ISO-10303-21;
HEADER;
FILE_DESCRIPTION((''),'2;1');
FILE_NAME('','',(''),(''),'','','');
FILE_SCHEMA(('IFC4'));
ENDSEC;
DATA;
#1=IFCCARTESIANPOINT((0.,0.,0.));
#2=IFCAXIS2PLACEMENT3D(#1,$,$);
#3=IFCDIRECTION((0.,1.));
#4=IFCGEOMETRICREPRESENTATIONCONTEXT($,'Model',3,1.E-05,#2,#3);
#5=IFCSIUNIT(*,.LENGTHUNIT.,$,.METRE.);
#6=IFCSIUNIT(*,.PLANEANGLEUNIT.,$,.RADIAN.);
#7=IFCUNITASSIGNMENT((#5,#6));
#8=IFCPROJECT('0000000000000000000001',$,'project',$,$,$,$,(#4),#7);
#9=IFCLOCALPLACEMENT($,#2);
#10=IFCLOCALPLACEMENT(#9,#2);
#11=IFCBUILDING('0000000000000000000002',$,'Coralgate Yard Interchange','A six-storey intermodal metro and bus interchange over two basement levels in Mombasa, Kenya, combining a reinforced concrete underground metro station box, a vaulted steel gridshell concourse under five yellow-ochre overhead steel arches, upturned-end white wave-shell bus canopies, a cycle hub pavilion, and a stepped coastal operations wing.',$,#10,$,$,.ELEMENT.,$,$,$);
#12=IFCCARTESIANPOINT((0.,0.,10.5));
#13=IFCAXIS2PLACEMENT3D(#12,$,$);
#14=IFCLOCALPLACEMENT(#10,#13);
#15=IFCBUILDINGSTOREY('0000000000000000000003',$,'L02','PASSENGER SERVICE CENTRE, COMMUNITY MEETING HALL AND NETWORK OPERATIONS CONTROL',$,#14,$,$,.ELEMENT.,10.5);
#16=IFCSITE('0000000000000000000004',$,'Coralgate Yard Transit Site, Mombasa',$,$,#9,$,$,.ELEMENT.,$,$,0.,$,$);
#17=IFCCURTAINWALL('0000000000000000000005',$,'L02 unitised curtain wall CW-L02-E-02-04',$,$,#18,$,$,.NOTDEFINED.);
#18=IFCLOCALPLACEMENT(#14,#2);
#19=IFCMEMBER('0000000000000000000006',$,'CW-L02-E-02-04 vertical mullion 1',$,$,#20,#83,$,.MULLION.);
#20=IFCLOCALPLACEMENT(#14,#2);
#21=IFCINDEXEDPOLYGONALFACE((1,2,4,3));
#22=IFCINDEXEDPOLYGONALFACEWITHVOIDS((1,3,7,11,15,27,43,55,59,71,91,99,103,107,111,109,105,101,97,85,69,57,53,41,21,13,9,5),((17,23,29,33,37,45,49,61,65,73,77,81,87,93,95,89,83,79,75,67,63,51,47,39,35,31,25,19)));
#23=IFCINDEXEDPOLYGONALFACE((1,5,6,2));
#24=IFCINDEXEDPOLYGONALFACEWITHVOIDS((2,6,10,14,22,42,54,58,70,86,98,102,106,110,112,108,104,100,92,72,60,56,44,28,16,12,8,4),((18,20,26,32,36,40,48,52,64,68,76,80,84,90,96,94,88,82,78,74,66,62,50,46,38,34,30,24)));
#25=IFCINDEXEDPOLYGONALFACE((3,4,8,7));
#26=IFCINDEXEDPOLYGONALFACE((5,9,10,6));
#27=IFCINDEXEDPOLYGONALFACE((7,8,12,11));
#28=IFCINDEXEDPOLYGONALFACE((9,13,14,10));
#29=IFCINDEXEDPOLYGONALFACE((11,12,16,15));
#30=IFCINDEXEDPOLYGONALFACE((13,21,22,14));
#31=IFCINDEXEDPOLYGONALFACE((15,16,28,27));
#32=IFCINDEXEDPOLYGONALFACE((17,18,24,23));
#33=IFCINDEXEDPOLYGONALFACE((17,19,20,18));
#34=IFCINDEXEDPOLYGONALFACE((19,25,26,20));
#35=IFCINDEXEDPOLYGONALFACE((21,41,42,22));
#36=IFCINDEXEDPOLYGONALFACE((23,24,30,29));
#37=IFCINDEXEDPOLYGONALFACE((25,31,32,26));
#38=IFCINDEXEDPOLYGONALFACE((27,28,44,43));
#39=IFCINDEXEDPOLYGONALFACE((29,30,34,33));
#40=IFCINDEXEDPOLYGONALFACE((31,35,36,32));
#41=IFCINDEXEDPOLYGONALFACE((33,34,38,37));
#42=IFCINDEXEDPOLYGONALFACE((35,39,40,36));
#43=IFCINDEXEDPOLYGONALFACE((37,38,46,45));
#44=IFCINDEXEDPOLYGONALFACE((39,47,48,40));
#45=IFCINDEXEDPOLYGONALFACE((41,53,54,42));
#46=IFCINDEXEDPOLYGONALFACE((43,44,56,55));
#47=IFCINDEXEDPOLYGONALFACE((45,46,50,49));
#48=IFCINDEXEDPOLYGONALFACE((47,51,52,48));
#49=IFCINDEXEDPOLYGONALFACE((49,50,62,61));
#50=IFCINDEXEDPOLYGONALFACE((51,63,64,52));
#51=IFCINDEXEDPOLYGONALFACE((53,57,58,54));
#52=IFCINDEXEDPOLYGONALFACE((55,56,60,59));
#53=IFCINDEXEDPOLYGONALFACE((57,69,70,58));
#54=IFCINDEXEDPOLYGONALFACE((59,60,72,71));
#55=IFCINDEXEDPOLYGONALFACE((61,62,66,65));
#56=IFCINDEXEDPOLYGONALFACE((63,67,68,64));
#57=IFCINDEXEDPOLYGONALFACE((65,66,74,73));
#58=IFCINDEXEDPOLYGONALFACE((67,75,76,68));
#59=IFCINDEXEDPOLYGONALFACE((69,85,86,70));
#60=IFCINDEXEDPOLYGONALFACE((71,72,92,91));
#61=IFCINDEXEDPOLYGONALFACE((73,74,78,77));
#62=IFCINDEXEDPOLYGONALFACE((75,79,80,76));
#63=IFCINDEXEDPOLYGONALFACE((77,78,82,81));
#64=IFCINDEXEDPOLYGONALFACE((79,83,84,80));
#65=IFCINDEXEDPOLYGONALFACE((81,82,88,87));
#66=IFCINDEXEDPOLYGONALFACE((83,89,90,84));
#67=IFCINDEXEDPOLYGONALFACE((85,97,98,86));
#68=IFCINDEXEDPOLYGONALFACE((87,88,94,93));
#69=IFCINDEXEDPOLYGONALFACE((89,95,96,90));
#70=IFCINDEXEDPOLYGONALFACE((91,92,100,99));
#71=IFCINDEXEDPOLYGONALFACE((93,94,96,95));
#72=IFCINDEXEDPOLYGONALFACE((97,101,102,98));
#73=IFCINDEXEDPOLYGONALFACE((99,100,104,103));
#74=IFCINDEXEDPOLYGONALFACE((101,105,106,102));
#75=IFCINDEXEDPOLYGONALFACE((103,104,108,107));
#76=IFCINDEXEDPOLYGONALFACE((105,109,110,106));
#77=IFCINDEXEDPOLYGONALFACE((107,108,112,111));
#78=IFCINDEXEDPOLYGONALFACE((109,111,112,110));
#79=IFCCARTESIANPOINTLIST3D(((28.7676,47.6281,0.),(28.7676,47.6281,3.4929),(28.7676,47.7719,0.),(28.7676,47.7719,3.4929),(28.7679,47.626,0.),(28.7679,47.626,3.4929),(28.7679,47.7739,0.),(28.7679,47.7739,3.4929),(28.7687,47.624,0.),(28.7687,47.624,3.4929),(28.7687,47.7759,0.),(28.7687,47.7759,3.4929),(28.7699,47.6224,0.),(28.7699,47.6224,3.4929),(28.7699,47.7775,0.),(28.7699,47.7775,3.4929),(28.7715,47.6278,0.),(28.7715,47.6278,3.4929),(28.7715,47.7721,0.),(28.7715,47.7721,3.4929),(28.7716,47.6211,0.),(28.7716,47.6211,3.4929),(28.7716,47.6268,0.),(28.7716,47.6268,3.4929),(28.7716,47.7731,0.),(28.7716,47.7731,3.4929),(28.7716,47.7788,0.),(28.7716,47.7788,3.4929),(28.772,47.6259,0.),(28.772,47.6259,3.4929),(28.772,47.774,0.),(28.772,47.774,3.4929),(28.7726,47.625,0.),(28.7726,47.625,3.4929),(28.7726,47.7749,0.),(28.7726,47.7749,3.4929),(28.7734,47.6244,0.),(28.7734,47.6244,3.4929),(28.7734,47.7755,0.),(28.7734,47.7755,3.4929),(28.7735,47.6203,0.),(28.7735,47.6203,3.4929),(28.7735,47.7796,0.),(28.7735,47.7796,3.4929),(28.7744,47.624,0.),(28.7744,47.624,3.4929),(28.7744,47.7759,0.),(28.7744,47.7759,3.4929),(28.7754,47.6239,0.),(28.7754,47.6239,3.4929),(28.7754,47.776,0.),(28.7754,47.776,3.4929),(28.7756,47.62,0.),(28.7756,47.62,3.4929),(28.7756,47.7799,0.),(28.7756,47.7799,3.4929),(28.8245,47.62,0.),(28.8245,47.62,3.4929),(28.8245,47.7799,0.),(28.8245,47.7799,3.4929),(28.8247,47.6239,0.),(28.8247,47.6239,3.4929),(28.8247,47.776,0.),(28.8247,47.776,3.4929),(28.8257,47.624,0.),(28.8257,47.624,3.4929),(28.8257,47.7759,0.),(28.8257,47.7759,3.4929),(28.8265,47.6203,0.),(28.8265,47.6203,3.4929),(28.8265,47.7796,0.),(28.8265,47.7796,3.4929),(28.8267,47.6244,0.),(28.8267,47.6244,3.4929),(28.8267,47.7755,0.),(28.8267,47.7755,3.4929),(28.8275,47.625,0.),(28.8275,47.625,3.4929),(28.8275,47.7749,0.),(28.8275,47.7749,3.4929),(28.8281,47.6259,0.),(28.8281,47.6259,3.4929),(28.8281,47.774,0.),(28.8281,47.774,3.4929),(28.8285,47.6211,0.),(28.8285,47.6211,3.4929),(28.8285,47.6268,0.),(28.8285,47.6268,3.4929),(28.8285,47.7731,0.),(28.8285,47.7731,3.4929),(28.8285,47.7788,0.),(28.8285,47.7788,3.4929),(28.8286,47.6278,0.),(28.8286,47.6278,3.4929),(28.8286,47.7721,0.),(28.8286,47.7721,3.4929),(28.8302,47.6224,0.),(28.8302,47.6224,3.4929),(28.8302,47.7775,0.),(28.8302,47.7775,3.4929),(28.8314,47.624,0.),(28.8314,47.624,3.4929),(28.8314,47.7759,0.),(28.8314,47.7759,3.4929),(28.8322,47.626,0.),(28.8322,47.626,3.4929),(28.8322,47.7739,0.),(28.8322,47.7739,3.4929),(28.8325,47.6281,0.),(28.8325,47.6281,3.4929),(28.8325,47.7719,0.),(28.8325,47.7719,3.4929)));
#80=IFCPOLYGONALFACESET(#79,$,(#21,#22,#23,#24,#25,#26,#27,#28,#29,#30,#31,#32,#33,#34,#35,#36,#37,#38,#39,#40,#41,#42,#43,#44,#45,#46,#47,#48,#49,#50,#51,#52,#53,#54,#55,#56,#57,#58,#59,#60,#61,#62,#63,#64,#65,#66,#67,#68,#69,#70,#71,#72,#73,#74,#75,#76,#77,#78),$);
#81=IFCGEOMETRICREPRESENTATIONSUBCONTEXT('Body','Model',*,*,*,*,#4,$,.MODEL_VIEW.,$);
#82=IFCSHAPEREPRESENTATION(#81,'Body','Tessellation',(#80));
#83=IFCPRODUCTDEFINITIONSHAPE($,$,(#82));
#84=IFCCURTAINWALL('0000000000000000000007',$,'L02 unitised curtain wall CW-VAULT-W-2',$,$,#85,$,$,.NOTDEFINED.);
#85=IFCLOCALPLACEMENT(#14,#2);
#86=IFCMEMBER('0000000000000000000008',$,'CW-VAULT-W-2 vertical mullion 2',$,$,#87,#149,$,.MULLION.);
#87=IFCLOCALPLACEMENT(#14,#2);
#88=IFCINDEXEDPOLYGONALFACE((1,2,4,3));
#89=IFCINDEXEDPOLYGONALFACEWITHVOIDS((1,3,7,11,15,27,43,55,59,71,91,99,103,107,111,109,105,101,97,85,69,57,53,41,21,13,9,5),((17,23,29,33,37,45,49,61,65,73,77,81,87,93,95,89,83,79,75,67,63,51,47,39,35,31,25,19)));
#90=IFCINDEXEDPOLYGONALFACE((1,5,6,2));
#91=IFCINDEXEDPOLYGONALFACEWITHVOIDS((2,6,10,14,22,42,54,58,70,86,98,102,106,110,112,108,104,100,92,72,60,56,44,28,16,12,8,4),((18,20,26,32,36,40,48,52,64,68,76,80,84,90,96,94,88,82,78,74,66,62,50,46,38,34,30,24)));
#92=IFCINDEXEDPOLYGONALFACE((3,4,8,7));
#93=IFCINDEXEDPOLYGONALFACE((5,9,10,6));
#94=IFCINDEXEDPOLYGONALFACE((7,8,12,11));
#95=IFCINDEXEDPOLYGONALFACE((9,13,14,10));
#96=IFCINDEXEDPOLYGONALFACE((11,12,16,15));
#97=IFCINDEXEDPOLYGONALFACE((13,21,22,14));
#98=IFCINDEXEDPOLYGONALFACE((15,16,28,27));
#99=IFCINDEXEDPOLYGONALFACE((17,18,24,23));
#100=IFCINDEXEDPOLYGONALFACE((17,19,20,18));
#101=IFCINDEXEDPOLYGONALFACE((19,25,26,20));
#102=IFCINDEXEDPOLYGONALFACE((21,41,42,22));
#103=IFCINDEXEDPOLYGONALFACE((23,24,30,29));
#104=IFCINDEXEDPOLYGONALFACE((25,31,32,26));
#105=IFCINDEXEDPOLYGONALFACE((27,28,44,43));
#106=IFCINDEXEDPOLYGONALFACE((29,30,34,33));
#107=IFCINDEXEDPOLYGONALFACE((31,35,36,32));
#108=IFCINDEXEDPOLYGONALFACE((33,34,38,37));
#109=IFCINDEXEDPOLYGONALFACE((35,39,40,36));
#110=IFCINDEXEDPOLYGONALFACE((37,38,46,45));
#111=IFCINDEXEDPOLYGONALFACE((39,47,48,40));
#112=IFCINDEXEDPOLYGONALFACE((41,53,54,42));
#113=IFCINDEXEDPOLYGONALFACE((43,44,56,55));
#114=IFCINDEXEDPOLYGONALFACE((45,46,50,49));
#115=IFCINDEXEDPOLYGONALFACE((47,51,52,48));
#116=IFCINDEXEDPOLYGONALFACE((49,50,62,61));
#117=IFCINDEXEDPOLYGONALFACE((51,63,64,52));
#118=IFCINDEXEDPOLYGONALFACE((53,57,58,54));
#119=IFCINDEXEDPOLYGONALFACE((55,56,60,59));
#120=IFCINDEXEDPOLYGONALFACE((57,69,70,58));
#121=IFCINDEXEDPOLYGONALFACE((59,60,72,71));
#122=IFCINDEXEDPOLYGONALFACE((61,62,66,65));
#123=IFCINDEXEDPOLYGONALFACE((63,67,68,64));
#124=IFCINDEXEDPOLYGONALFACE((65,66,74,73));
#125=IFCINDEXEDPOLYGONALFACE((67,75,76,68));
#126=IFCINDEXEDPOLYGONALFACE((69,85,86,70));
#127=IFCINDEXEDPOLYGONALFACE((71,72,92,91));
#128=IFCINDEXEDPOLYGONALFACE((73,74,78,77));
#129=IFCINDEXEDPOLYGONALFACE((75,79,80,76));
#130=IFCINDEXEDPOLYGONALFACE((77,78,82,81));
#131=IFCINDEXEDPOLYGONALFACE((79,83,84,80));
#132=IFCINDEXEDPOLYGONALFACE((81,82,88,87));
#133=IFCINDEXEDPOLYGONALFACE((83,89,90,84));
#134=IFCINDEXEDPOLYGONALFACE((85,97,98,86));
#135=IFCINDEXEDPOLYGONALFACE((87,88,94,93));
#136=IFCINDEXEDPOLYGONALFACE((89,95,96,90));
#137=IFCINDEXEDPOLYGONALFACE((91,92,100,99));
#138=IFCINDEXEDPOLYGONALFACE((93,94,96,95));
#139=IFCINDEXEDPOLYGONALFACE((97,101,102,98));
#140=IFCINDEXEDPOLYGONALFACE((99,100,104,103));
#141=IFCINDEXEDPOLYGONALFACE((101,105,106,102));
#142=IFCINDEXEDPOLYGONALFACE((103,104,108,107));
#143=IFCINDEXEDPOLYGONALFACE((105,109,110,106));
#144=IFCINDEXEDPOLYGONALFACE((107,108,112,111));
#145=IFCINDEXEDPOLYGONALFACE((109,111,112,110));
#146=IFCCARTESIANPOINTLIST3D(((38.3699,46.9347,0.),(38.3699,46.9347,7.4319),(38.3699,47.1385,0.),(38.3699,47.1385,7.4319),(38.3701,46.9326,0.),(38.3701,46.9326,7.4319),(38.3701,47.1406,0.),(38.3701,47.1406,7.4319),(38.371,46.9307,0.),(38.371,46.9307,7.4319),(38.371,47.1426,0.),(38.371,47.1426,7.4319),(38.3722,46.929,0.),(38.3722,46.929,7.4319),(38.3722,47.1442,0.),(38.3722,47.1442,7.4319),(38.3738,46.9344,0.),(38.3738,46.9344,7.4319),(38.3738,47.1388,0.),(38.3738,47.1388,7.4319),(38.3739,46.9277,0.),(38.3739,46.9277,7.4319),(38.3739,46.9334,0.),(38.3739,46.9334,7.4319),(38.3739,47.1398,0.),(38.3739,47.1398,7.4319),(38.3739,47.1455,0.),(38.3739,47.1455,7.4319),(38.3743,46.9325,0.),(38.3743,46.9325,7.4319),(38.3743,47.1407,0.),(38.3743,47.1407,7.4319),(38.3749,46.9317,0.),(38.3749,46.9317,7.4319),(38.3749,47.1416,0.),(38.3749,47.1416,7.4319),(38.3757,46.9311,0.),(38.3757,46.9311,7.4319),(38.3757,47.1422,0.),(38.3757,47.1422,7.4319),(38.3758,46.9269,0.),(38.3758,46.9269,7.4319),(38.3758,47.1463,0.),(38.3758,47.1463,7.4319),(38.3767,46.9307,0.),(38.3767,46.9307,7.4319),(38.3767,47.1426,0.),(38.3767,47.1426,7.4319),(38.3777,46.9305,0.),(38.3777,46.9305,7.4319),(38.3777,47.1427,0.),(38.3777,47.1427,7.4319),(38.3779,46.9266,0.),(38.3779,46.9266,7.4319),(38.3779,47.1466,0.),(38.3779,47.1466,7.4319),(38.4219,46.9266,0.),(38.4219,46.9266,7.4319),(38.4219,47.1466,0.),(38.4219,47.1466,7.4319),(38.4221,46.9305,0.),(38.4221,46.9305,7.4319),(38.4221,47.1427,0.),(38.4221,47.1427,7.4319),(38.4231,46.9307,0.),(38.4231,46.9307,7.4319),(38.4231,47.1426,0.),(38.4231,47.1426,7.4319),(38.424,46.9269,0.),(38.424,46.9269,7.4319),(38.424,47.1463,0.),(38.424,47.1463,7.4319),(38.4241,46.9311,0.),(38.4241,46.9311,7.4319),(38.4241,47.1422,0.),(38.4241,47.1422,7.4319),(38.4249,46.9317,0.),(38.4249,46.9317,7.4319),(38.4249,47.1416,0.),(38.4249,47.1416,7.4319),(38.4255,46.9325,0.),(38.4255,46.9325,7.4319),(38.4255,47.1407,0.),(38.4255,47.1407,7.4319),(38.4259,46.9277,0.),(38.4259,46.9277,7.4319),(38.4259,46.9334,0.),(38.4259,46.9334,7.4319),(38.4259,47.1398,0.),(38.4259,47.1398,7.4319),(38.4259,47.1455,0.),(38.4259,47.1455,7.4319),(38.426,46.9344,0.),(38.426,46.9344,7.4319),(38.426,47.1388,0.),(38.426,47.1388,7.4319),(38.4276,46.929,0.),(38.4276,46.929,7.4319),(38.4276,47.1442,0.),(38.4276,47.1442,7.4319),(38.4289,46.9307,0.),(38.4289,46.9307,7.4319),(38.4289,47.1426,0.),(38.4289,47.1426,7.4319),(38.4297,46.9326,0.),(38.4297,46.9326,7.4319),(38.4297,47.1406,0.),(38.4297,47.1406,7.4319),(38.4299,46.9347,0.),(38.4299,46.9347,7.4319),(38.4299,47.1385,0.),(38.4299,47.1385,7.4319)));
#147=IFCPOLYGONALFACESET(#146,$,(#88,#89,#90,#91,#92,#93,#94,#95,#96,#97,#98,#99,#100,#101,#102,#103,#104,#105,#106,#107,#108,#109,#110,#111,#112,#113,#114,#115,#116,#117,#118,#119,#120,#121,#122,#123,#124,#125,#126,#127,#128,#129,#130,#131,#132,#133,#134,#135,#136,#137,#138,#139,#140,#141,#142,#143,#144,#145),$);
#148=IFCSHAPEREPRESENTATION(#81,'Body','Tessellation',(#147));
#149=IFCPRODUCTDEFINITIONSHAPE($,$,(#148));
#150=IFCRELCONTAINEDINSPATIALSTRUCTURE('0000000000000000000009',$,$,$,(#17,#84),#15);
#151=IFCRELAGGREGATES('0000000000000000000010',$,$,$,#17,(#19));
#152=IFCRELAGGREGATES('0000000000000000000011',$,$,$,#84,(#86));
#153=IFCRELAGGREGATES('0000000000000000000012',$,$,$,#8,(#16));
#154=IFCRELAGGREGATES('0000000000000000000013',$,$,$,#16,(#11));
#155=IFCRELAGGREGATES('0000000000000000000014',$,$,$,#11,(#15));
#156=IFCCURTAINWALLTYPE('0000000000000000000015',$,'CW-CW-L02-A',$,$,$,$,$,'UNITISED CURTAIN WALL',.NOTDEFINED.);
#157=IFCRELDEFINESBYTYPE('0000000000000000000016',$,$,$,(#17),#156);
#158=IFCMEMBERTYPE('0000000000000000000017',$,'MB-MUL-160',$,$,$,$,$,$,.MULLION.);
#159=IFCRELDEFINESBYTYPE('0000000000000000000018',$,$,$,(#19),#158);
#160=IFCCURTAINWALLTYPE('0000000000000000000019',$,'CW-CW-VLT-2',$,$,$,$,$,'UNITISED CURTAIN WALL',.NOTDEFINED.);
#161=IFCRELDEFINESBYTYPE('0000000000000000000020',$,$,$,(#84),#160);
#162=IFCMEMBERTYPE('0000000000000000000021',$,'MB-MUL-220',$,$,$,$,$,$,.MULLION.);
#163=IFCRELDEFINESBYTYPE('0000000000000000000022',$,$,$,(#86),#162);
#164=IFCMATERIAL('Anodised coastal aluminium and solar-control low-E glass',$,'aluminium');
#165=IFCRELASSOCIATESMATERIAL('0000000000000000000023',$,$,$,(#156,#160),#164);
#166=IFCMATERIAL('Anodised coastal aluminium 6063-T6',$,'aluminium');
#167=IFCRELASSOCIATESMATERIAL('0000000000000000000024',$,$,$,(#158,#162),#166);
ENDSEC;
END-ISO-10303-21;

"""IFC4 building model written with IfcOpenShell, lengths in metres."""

from ifc_helpers import new_model, si_unit, direction, frame, origin, origin_2d, place, context, subcontext, project, spatial, hollow_rectangle, extrude, material, material_profile, profile_set, type_object, element, aggregate, save


model = new_model("IFC4")

# Units and contexts
model_context = context("Model", 3, precision=1e-05, world=origin(), true_north=direction((0.0, 1.0)))
body_context = subcontext(model_context, "Body", "Model", "MODEL_VIEW")
ifc_project = project(units=[si_unit("LENGTHUNIT", "METRE"), si_unit("PLANEANGLEUNIT", "RADIAN")], contexts=[model_context])

# Site, building, storey
site_placement = place(None, origin())
site = spatial("IfcSite", under=ifc_project, at=site_placement, Name="Coralgate Yard Transit Site, Mombasa", CompositionType="ELEMENT", RefElevation=0.0)
building_placement = place(site_placement, origin())
building = spatial("IfcBuilding", under=site, at=building_placement, Name="Coralgate Yard Interchange", Description="A six-storey intermodal metro and bus interchange over two basement levels in Mombasa, Kenya, combining a reinforced concrete underground metro station box, a vaulted steel gridshell concourse under five yellow-ochre overhead steel arches, upturned-end white wave-shell bus canopies, a cycle hub pavilion, and a stepped coastal operations wing.", CompositionType="ELEMENT")
storey_placement = place(building_placement, frame((0.0, 0.0, 10.5)))
storey = spatial("IfcBuildingStorey", under=building, at=storey_placement, Name="L02", Description="PASSENGER SERVICE CENTRE, COMMUNITY MEETING HALL AND NETWORK OPERATIONS CONTROL", CompositionType="ELEMENT", Elevation=10.5)

# Curtain wall, member
ifc_material_1 = material(Name="Anodised coastal aluminium and solar-control low-E glass", Category="aluminium")
curtain_wall_type_1 = type_object("IfcCurtainWallType", Name="CW-CW-L02-A", ElementType="UNITISED CURTAIN WALL", PredefinedType="NOTDEFINED", material=ifc_material_1)
curtain_wall_1_placement = place(storey_placement, origin())
curtain_wall_1 = element("IfcCurtainWall", 1, at=curtain_wall_1_placement, inside=storey, type_object=curtain_wall_type_1, Name="L02 unitised curtain wall CW-L02-E-02-04", PredefinedType="NOTDEFINED")
ifc_material_2 = material(Name="Anodised coastal aluminium 6063-T6", Category="aluminium")
ifc_material_profile_1 = material_profile(ifc_material_2, hollow_rectangle(XDim=0.0649, YDim=0.1599, WallThickness=0.0039, InnerFilletRadius=0.0039, OuterFilletRadius=0.0081, at=origin_2d()), Name="ALU 65x160x4")
ifc_profile_set_1 = profile_set([ifc_material_profile_1], Name="Anodised coastal aluminium 6063-T6")
member_type_1 = type_object("IfcMemberType", Name="MB-MUL-160", PredefinedType="MULLION", material=ifc_profile_set_1)
member_1_placement = place(storey_placement, frame((28.8, 47.7, 0.0), z_axis=(0.0, 0.0, 1.0), x_axis=(1.0, 0.0, 0.0)))
member_1 = element("IfcMember", 2, at=member_1_placement, type_object=member_type_1, Name="CW-L02-E-02-04 vertical mullion 1", PredefinedType="MULLION", context=body_context, shape_type="SweptSolid", body=[
    extrude(hollow_rectangle(XDim=0.0649, YDim=0.1599, WallThickness=0.0039, InnerFilletRadius=0.0039, OuterFilletRadius=0.0081, at=origin_2d()), origin(), (0.0, 0.0, 1.0), 3.4929),
])

# Curtain wall, member
curtain_wall_type_2 = type_object("IfcCurtainWallType", Name="CW-CW-VLT-2", ElementType="UNITISED CURTAIN WALL", PredefinedType="NOTDEFINED", material=ifc_material_1)
curtain_wall_2_placement = place(storey_placement, origin())
curtain_wall_2 = element("IfcCurtainWall", 3, at=curtain_wall_2_placement, inside=storey, type_object=curtain_wall_type_2, Name="L02 unitised curtain wall CW-VAULT-W-2", PredefinedType="NOTDEFINED")
ifc_material_profile_2 = material_profile(ifc_material_2, hollow_rectangle(XDim=0.0601, YDim=0.22, WallThickness=0.0039, InnerFilletRadius=0.0039, OuterFilletRadius=0.0081, at=origin_2d()), Name="ALU 60x220x4")
ifc_profile_set_2 = profile_set([ifc_material_profile_2], Name="Anodised coastal aluminium 6063-T6")
member_type_2 = type_object("IfcMemberType", Name="MB-MUL-220", PredefinedType="MULLION", material=ifc_profile_set_2)
member_2_placement = place(storey_placement, frame((38.3999, 47.0366, 0.0), z_axis=(0.0, 0.0, 1.0), x_axis=(1.0, 0.0, 0.0)))
member_2 = element("IfcMember", 4, at=member_2_placement, type_object=member_type_2, Name="CW-VAULT-W-2 vertical mullion 2", PredefinedType="MULLION", context=body_context, shape_type="SweptSolid", body=[
    extrude(hollow_rectangle(XDim=0.0601, YDim=0.22, WallThickness=0.0039, InnerFilletRadius=0.0039, OuterFilletRadius=0.0081, at=origin_2d()), origin(), (0.0, 0.0, 1.0), 7.4319),
])

aggregate(curtain_wall_1, [member_1])
aggregate(curtain_wall_2, [member_2])

save(model, "model.ifc")
